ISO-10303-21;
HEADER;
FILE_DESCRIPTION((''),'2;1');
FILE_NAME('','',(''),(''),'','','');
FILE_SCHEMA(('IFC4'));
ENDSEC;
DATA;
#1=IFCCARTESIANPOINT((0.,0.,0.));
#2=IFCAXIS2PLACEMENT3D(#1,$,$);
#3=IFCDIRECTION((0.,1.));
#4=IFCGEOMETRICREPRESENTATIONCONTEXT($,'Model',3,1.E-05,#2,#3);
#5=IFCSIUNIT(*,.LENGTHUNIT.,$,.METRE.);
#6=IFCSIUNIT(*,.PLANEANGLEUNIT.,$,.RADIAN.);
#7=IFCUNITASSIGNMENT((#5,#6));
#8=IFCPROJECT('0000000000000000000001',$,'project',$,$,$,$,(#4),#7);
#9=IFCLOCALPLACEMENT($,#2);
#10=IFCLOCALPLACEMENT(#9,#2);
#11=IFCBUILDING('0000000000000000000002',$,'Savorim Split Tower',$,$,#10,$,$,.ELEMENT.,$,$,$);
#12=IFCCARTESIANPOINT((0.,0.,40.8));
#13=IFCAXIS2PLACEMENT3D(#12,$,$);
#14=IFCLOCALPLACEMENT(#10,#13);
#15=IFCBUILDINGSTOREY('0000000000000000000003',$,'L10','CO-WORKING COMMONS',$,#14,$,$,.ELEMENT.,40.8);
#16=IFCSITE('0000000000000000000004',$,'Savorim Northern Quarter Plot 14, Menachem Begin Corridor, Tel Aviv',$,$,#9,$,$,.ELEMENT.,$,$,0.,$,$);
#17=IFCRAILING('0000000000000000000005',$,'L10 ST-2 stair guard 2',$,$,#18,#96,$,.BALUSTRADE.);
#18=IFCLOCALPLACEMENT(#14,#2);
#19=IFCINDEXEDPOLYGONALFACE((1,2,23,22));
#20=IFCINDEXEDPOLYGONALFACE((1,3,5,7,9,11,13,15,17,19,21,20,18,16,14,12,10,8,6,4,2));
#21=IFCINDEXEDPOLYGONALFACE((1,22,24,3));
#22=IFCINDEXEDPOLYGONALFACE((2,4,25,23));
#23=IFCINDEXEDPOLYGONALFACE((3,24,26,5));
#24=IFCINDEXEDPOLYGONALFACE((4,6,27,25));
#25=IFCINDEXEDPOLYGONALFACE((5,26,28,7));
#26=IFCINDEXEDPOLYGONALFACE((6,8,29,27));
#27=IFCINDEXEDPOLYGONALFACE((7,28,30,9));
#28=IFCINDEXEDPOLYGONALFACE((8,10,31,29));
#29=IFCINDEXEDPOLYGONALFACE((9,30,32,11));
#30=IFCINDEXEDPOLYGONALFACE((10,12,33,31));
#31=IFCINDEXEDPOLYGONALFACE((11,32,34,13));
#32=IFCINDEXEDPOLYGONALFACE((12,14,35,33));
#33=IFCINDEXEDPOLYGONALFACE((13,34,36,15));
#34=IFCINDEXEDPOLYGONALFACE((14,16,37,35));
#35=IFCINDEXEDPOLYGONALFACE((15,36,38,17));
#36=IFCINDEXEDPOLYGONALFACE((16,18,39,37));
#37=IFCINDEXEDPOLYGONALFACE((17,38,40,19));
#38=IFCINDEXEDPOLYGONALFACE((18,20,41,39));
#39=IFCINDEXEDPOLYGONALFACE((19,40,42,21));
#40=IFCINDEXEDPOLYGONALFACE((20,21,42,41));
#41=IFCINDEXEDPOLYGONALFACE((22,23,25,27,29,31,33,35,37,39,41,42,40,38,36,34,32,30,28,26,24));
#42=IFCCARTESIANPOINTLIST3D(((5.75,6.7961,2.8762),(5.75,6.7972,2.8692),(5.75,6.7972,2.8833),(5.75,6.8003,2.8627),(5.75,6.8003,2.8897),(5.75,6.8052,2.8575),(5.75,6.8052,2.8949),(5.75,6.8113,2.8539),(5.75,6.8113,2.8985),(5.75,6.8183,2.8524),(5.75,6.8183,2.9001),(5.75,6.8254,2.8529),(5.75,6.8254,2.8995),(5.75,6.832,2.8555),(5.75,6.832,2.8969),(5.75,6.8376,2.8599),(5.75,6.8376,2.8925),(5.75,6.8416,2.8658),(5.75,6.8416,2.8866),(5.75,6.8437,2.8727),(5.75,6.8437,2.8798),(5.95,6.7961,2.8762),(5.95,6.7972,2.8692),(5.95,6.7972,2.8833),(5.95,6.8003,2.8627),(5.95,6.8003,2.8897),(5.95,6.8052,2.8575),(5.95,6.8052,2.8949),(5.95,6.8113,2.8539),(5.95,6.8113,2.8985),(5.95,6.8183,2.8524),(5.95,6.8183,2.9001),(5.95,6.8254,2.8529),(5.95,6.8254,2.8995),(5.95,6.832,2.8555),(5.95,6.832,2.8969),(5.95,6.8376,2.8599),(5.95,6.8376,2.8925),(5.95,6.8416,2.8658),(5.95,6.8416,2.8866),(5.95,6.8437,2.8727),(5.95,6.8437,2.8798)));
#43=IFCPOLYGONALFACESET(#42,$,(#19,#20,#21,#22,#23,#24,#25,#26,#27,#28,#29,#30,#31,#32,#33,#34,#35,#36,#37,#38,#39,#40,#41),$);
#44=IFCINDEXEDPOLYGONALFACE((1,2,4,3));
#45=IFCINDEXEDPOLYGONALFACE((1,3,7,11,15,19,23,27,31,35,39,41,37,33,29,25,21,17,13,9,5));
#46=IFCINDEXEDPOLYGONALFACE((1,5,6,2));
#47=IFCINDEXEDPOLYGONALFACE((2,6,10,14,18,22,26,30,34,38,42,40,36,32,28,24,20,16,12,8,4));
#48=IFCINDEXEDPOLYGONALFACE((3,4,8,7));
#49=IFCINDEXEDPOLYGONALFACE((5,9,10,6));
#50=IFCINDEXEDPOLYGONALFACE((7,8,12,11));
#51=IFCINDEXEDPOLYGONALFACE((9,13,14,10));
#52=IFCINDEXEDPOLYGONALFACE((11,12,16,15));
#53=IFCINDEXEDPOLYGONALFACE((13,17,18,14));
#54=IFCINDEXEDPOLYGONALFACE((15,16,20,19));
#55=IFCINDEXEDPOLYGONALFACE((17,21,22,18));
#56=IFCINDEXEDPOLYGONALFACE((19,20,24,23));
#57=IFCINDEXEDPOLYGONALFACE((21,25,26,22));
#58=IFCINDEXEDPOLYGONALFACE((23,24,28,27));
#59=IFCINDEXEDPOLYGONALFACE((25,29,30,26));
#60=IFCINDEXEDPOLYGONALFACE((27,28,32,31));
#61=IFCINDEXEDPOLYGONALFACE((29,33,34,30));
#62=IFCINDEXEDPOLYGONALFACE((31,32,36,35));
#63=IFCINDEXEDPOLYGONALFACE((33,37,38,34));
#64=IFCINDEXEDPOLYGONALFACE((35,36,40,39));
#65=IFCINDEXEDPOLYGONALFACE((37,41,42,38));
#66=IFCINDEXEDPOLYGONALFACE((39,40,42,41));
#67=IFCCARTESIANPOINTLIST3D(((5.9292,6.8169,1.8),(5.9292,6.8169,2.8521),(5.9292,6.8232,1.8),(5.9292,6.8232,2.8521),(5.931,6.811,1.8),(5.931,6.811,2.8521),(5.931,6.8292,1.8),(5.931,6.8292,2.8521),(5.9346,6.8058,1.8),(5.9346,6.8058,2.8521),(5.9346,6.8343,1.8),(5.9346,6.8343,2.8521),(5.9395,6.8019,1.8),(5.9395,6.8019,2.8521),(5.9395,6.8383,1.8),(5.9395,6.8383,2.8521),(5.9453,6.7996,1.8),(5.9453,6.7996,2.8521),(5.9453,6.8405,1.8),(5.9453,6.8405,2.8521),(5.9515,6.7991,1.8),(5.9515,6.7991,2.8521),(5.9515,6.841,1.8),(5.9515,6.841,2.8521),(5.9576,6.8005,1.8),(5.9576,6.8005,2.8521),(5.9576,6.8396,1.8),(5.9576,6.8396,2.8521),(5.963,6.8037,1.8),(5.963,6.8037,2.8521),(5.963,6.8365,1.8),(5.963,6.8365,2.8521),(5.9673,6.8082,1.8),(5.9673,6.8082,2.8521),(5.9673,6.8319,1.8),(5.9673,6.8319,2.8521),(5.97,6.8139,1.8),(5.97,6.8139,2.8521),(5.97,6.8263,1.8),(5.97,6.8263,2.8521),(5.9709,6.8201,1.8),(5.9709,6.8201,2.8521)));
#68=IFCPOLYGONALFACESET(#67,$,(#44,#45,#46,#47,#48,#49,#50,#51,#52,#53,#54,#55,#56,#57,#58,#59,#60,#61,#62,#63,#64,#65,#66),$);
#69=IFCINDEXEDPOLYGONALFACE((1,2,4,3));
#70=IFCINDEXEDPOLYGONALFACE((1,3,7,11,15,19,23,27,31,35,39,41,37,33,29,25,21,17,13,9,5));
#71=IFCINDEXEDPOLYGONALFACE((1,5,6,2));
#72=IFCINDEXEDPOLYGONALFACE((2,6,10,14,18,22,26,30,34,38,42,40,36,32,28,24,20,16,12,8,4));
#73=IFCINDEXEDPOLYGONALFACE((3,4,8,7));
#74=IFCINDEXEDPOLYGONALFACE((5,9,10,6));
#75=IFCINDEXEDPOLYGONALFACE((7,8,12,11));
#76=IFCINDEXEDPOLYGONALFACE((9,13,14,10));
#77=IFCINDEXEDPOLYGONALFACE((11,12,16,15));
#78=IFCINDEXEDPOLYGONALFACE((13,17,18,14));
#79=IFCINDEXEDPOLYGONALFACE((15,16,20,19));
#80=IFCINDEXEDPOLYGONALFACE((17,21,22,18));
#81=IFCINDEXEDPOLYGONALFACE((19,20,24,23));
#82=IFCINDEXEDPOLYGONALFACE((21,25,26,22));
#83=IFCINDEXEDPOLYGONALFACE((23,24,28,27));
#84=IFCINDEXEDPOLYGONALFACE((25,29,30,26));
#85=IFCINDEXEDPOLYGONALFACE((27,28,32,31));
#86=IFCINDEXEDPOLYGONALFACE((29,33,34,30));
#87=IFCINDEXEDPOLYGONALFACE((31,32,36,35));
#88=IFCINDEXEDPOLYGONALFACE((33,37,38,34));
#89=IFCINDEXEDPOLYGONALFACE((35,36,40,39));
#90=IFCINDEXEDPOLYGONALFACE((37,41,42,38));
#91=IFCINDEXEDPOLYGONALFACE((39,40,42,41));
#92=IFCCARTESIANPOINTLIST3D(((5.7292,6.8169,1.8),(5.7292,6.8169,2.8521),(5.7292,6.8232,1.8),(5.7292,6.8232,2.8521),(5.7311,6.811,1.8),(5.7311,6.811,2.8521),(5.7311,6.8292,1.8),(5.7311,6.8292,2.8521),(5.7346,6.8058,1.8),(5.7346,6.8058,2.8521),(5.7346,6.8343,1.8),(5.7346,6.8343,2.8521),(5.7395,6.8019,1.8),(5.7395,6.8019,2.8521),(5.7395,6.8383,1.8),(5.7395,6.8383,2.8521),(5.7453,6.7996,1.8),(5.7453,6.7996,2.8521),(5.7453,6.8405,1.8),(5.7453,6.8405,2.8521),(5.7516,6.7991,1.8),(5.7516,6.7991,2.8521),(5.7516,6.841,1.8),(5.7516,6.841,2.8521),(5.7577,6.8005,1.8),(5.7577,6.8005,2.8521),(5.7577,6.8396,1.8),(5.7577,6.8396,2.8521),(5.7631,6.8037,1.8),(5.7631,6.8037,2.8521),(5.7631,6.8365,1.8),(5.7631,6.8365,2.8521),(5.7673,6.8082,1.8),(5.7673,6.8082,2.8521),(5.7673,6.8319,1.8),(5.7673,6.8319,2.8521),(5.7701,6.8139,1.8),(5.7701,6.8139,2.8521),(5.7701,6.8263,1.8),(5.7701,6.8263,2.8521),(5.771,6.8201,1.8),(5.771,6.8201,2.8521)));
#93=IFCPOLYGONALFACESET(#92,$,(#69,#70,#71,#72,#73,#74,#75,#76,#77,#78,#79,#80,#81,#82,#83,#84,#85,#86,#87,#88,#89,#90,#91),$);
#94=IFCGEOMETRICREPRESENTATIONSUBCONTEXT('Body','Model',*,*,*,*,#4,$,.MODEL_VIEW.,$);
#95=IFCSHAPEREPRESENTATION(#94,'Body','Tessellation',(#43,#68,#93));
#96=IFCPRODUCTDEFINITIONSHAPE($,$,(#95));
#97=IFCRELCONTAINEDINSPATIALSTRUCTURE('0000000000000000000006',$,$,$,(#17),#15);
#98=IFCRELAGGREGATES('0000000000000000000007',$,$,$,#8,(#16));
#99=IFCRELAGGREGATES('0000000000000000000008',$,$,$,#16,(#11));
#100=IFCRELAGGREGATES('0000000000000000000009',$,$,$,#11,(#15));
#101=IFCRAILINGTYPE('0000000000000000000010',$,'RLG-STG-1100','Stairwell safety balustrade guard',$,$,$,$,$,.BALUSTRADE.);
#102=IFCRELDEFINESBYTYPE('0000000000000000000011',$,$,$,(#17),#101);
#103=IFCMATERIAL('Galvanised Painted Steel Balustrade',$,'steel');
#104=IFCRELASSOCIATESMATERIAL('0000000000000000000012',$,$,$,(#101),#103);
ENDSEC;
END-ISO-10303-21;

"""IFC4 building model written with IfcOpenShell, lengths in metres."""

from ifc_helpers import new_model, si_unit, direction, frame, origin, origin_2d, place, context, subcontext, project, spatial, circle, extrude, material, type_object, element, save


model = new_model("IFC4")

# Units and contexts
model_context = context("Model", 3, precision=1e-05, world=origin(), true_north=direction((0.0, 1.0)))
body_context = subcontext(model_context, "Body", "Model", "MODEL_VIEW")
ifc_project = project(units=[si_unit("LENGTHUNIT", "METRE"), si_unit("PLANEANGLEUNIT", "RADIAN")], contexts=[model_context])

# Site, building, storey
site_placement = place(None, origin())
site = spatial("IfcSite", under=ifc_project, at=site_placement, Name="Savorim Northern Quarter Plot 14, Menachem Begin Corridor, Tel Aviv", CompositionType="ELEMENT", RefElevation=0.0)
building_placement = place(site_placement, origin())
building = spatial("IfcBuilding", under=site, at=building_placement, Name="Savorim Split Tower", CompositionType="ELEMENT")
storey_placement = place(building_placement, frame((0.0, 0.0, 40.8)))
storey = spatial("IfcBuildingStorey", under=building, at=storey_placement, Name="L10", Description="CO-WORKING COMMONS", CompositionType="ELEMENT", Elevation=40.8)

# Railing
ifc_material_1 = material(Name="Galvanised Painted Steel Balustrade", Category="steel")
railing_type_1 = type_object("IfcRailingType", Name="RLG-STG-1100", Description="Stairwell safety balustrade guard", PredefinedType="BALUSTRADE", material=ifc_material_1)
railing_1_placement = place(storey_placement, frame((5.95, 6.8201, 1.8)))
element("IfcRailing", 1, at=railing_1_placement, inside=storey, type_object=railing_type_1, Name="L10 ST-2 stair guard 2", PredefinedType="BALUSTRADE", context=body_context, shape_type="SweptSolid", body=[
    extrude(circle(Radius=0.0239, at=origin_2d()), frame((0.0, 0.0, 1.0762), z_axis=(-1.0, 0.0, 0.0), x_axis=(0.0, -1.0, 0.0)), (0.0, 0.0, 1.0), 0.2),
    extrude(circle(Radius=0.021, at=origin_2d()), origin(), (0.0, 0.0, 1.0), 1.052),
    extrude(circle(Radius=0.021, at=origin_2d()), frame((-0.2, 0.0, 0.0)), (0.0, 0.0, 1.0), 1.052),
])

save(model, "model.ifc")
